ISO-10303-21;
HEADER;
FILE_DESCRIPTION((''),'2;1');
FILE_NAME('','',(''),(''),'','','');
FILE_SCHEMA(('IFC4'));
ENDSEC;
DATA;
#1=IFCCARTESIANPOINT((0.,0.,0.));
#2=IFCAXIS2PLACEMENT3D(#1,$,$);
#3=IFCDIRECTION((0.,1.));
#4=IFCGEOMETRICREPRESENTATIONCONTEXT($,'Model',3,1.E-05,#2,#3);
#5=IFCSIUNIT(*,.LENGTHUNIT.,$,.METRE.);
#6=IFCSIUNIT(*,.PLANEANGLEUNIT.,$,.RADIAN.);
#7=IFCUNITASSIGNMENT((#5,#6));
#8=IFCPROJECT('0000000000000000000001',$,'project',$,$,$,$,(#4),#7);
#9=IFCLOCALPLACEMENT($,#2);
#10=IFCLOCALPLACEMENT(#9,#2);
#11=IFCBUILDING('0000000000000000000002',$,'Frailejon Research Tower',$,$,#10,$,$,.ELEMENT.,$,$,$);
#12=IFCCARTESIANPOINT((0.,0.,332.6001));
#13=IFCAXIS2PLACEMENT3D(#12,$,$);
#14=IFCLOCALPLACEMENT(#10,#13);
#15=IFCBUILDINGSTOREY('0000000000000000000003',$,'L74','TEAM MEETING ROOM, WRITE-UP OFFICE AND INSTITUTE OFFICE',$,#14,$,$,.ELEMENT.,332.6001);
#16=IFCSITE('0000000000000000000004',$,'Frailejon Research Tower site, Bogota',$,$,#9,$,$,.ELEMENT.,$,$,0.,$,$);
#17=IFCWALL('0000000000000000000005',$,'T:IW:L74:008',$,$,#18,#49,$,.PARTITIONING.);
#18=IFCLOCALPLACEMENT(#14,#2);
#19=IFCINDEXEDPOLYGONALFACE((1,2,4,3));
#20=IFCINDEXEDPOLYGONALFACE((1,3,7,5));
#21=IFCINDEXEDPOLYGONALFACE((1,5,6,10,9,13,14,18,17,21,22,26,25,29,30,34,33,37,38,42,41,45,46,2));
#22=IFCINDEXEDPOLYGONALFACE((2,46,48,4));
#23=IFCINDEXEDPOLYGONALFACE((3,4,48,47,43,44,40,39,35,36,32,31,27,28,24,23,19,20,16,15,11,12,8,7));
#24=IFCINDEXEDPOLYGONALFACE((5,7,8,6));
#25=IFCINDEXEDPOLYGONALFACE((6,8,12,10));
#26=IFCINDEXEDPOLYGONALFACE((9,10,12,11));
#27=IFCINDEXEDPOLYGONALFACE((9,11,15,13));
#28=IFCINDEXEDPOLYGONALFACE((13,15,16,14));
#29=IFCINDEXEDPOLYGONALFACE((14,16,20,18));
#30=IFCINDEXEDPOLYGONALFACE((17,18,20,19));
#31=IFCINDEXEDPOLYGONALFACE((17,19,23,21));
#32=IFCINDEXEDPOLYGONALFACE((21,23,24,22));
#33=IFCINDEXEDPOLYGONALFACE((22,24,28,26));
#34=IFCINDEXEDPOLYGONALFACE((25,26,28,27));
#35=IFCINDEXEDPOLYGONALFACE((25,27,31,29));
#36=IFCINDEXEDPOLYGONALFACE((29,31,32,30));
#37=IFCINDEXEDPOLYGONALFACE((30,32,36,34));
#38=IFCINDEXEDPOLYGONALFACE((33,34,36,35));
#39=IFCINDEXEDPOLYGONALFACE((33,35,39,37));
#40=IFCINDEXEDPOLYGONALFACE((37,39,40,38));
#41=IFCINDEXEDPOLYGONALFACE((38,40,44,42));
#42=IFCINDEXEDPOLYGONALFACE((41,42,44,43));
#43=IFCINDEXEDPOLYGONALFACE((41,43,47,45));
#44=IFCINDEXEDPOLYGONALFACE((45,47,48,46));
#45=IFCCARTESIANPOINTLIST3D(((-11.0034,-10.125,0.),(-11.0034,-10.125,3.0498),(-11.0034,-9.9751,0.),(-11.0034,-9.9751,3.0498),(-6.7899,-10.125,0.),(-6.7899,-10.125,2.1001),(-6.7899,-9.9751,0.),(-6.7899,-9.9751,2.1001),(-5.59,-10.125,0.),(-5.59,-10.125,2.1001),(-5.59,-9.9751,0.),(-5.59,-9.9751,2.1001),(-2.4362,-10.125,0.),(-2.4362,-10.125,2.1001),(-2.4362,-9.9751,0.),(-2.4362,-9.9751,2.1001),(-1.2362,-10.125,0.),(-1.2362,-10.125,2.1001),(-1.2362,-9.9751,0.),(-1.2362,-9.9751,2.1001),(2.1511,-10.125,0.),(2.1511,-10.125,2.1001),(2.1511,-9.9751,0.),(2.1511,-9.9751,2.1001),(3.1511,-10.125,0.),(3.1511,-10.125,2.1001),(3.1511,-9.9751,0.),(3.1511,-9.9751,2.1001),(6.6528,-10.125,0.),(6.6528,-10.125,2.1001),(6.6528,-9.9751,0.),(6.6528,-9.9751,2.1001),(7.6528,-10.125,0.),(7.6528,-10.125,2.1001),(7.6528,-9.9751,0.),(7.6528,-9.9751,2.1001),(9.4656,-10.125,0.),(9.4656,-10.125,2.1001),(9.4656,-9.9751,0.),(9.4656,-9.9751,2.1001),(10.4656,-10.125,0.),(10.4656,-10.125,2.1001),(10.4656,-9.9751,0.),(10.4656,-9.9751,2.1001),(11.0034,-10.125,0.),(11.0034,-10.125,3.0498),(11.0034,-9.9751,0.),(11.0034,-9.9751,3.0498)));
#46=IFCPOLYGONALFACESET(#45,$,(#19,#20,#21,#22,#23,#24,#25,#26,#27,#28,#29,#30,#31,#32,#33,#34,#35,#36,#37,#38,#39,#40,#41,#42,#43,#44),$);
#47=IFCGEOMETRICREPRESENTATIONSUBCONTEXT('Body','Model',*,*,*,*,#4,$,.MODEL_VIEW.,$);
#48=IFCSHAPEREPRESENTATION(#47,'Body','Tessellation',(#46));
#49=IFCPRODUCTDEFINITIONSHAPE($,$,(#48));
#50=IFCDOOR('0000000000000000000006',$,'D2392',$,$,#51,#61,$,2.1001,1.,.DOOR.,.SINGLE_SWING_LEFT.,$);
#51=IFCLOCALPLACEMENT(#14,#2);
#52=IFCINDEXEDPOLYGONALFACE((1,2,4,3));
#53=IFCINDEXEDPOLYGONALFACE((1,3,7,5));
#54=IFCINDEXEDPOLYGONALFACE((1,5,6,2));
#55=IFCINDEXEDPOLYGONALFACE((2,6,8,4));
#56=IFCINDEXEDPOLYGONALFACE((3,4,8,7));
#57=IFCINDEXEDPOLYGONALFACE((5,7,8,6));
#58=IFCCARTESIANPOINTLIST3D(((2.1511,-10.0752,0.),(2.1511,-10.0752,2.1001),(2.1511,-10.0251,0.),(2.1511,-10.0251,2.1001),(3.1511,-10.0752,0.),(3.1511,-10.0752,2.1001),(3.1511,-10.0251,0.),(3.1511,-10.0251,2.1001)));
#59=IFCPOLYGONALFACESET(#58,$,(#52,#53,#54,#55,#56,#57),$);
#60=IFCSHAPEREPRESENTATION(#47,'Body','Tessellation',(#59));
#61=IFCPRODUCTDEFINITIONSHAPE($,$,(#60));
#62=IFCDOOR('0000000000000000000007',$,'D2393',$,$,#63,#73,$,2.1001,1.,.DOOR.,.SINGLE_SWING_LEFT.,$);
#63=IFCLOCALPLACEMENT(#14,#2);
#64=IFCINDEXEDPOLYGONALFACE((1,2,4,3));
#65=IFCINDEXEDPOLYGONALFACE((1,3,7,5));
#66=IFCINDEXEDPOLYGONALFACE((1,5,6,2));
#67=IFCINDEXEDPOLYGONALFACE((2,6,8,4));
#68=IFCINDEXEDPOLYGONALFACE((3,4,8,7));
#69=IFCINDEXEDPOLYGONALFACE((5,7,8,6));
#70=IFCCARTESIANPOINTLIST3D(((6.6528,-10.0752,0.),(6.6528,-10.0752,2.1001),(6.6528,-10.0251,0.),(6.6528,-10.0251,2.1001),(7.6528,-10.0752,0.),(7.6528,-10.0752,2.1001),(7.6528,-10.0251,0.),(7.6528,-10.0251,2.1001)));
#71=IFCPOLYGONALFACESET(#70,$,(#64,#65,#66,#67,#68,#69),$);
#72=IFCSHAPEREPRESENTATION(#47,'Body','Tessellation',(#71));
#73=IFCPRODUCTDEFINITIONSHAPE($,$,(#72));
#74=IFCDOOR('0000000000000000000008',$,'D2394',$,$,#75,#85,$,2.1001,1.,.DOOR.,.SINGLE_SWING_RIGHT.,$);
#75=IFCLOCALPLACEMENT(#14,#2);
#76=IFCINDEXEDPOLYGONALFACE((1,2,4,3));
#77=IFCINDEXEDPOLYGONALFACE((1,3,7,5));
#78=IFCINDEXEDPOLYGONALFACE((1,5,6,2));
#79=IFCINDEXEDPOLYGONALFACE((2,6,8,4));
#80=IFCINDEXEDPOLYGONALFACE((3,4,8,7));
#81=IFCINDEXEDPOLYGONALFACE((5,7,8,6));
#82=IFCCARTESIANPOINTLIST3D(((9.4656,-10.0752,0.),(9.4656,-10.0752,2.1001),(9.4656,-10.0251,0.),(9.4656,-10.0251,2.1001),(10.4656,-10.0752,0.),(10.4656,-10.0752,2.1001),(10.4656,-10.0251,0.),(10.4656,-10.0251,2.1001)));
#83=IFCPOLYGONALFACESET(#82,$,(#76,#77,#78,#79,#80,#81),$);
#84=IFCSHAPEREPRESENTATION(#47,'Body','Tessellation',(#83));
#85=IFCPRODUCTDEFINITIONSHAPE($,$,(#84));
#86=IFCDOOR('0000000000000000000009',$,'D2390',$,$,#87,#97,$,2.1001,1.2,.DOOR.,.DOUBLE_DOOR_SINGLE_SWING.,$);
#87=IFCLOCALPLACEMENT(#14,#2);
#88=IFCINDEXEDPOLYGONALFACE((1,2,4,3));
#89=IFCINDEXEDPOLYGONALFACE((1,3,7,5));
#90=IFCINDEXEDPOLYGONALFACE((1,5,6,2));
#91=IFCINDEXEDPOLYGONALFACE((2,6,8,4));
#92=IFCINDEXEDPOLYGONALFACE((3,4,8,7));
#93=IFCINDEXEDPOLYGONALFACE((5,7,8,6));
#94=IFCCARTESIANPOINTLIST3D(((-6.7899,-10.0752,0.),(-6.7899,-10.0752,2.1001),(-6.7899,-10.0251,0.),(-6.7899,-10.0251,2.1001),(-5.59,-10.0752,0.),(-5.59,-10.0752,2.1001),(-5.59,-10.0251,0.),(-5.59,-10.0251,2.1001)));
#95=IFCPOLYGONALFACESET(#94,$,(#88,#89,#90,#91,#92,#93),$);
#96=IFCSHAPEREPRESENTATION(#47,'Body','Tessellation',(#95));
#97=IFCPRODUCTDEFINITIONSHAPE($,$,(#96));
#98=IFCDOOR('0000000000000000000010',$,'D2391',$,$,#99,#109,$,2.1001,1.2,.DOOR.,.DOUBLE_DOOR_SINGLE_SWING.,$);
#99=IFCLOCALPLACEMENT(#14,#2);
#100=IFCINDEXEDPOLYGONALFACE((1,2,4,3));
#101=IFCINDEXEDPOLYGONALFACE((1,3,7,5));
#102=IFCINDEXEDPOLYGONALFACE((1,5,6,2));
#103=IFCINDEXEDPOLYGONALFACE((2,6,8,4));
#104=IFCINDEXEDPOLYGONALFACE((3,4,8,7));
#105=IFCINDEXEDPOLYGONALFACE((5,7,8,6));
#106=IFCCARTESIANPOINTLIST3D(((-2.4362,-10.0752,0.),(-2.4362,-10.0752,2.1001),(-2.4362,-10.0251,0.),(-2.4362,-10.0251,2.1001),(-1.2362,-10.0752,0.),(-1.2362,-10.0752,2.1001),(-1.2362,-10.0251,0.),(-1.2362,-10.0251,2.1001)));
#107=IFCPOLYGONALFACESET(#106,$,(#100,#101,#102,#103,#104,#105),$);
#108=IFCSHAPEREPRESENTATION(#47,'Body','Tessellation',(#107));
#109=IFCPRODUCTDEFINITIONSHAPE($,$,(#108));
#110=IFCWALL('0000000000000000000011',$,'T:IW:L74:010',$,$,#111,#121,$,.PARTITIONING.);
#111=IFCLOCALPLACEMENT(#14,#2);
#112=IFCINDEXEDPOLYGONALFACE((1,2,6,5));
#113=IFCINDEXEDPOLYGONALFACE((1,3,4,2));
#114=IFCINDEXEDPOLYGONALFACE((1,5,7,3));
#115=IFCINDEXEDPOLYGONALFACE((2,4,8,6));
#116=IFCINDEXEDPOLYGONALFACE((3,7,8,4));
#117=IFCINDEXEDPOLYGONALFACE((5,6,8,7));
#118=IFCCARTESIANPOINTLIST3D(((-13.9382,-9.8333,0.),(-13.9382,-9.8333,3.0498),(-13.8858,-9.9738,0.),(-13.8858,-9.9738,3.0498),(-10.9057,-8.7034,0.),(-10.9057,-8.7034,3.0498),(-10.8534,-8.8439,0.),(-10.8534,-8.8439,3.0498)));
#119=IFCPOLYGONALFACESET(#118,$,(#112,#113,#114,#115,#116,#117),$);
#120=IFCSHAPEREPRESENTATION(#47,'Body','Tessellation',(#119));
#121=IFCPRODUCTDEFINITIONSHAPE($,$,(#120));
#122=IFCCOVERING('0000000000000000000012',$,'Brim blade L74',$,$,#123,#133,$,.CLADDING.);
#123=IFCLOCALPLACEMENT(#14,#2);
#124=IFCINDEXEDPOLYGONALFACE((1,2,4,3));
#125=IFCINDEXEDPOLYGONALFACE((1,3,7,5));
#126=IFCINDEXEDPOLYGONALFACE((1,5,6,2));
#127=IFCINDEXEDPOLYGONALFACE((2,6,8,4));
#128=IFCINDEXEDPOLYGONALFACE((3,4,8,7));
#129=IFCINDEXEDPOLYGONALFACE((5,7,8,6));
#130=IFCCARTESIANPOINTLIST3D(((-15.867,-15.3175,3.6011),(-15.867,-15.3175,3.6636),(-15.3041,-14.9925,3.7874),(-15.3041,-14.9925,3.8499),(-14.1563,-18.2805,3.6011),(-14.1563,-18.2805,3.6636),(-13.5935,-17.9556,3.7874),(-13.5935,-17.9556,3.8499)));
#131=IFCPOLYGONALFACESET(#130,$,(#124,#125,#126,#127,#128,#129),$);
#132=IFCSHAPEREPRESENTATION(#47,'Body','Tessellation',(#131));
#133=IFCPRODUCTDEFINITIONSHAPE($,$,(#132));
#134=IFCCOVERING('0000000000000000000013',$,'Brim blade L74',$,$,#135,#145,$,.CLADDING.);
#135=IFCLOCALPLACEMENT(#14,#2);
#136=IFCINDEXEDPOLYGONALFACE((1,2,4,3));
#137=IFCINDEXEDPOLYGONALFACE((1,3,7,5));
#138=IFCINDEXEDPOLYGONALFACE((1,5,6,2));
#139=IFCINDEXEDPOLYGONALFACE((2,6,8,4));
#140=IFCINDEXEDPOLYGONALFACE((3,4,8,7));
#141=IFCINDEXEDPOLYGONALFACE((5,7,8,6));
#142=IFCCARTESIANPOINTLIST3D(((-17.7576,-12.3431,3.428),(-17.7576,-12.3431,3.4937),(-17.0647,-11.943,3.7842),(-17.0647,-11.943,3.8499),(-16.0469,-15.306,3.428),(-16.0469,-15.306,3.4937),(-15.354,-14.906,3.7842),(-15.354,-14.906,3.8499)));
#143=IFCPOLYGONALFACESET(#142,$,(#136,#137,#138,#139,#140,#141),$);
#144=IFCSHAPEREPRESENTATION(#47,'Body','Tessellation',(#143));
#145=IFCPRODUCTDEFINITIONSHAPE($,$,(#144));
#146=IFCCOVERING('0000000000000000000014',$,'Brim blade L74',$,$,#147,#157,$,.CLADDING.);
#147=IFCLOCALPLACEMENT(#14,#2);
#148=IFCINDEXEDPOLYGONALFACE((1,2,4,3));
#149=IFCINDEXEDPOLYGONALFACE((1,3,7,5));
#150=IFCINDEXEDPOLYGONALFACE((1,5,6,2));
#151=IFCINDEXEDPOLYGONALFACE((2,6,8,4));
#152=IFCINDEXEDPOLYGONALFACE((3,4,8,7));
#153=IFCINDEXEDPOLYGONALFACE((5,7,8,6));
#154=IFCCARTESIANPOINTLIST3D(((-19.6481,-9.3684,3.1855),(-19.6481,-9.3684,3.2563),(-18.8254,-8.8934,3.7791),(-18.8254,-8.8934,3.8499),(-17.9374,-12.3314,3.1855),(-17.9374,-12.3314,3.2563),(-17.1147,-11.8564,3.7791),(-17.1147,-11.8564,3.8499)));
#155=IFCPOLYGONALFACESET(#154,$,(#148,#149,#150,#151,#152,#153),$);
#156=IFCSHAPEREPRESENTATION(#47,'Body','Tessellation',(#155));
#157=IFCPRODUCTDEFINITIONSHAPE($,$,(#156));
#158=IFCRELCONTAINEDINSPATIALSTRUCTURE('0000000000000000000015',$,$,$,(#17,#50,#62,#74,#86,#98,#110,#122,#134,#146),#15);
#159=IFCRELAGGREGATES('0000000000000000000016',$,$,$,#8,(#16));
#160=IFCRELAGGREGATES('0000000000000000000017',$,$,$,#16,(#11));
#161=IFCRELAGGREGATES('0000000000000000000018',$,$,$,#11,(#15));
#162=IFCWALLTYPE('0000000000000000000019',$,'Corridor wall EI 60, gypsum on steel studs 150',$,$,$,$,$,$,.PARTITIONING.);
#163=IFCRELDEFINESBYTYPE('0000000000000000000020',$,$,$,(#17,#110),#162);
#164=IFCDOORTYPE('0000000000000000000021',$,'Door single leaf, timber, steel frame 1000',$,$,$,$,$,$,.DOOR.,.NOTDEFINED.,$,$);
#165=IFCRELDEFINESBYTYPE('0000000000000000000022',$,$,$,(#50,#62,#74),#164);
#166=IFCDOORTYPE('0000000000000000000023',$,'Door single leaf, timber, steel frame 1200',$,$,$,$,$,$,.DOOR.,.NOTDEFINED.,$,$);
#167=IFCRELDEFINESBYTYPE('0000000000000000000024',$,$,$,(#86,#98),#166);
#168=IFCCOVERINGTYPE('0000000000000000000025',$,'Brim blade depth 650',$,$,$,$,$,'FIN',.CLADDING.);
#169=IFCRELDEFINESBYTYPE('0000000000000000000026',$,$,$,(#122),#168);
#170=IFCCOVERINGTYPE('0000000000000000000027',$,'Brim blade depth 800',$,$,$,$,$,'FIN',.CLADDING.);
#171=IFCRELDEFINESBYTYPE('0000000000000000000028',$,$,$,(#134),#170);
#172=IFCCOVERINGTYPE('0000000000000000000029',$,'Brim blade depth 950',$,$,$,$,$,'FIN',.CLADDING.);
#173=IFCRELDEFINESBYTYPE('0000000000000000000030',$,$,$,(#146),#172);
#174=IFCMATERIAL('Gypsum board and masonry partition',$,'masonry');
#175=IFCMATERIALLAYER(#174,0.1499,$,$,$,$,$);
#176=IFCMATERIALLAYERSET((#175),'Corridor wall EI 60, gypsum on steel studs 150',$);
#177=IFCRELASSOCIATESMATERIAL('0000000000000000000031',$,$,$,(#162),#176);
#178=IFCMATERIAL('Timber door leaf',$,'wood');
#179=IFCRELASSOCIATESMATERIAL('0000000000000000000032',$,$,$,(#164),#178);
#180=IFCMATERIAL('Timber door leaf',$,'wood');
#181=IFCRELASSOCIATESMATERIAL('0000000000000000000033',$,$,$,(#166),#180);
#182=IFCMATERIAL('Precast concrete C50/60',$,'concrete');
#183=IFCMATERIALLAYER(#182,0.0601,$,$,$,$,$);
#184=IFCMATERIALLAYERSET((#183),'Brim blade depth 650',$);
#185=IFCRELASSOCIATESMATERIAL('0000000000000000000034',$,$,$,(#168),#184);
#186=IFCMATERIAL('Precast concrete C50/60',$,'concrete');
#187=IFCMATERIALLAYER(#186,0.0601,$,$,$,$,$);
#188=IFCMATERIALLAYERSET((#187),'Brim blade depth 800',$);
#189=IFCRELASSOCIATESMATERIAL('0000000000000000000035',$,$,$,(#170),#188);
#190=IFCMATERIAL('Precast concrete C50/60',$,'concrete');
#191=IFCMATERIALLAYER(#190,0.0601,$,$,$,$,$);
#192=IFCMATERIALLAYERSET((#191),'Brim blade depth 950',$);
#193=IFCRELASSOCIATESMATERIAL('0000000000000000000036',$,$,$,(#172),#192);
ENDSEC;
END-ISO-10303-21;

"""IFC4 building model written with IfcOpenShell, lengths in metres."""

from ifc_helpers import new_model, si_unit, direction, frame, frame_2d, origin, place, context, subcontext, project, spatial, polyline, rectangle, outline, extrude, material, layer, layer_set, type_object, element, fill, save


model = new_model("IFC4")

# Units and contexts
model_context = context("Model", 3, precision=1e-05, world=origin(), true_north=direction((0.0, 1.0)))
body_context = subcontext(model_context, "Body", "Model", "MODEL_VIEW")
ifc_project = project(units=[si_unit("LENGTHUNIT", "METRE"), si_unit("PLANEANGLEUNIT", "RADIAN")], contexts=[model_context])

# Site, building, storey
site_placement = place(None, origin())
site = spatial("IfcSite", under=ifc_project, at=site_placement, Name="Frailejon Research Tower site, Bogota", CompositionType="ELEMENT", RefElevation=0.0)
building_placement = place(site_placement, origin())
building = spatial("IfcBuilding", under=site, at=building_placement, Name="Frailejon Research Tower", CompositionType="ELEMENT")
storey_placement = place(building_placement, frame((0.0, 0.0, 332.6001)))
storey = spatial("IfcBuildingStorey", under=building, at=storey_placement, Name="L74", Description="TEAM MEETING ROOM, WRITE-UP OFFICE AND INSTITUTE OFFICE", CompositionType="ELEMENT", Elevation=332.6001)

# Shared definitions
ifc_material_1 = material(Name="Gypsum board and masonry partition", Category="masonry")
ifc_layer_1 = layer(ifc_material_1, 0.1499)
ifc_layer_set_1 = layer_set([ifc_layer_1], Name="Corridor wall EI 60, gypsum on steel studs 150")
wall_type = type_object("IfcWallType", Name="Corridor wall EI 60, gypsum on steel studs 150", PredefinedType="PARTITIONING", material=ifc_layer_set_1)

# Wall, openings, doors
wall_1_placement = place(storey_placement, frame((-11.0034, -10.05, 0.0), z_axis=(0.0, 0.0, 1.0), x_axis=(1.0, 0.0, 0.0)))
wall_1 = element("IfcWall", 1, at=wall_1_placement, inside=storey, type_object=wall_type, Name="T:IW:L74:008", PredefinedType="PARTITIONING", context=body_context, shape_type="SweptSolid", body=[
    extrude(rectangle(XDim=22.0068, YDim=0.1499, at=frame_2d((11.0034, 0.0))), origin(), (0.0, 0.0, 1.0), 3.0498),
])
opening_1_placement = place(wall_1_placement, frame((4.2134, 0.0, 0.0)))
opening_1 = element("IfcOpeningElement", 2, at=opening_1_placement, cuts=wall_1, PredefinedType="OPENING", context=body_context, shape_type="SweptSolid", body=[
    extrude(rectangle(XDim=1.2, YDim=2.1001, at=frame_2d((0.6001, 1.05))), frame((0.0, 0.085, 0.0), z_axis=(0.0, -1.0, 0.0), x_axis=(1.0, 0.0, 0.0)), (0.0, 0.0, 1.0), 0.1699),
])
opening_2_placement = place(wall_1_placement, frame((8.5671, 0.0, 0.0)))
opening_2 = element("IfcOpeningElement", 3, at=opening_2_placement, cuts=wall_1, PredefinedType="OPENING", context=body_context, shape_type="SweptSolid", body=[
    extrude(rectangle(XDim=1.2, YDim=2.1001, at=frame_2d((0.6001, 1.05))), frame((0.0, 0.085, 0.0), z_axis=(0.0, -1.0, 0.0), x_axis=(1.0, 0.0, 0.0)), (0.0, 0.0, 1.0), 0.1699),
])
opening_3_placement = place(wall_1_placement, frame((13.1545, 0.0, 0.0)))
opening_3 = element("IfcOpeningElement", 4, at=opening_3_placement, cuts=wall_1, PredefinedType="OPENING", context=body_context, shape_type="SweptSolid", body=[
    extrude(rectangle(XDim=1.0, YDim=2.1001, at=frame_2d((0.5, 1.05))), frame((0.0, 0.085, 0.0), z_axis=(0.0, -1.0, 0.0), x_axis=(1.0, 0.0, 0.0)), (0.0, 0.0, 1.0), 0.1699),
])
opening_4_placement = place(wall_1_placement, frame((17.6562, 0.0, 0.0)))
opening_4 = element("IfcOpeningElement", 5, at=opening_4_placement, cuts=wall_1, PredefinedType="OPENING", context=body_context, shape_type="SweptSolid", body=[
    extrude(rectangle(XDim=1.0, YDim=2.1001, at=frame_2d((0.5, 1.05))), frame((0.0, 0.085, 0.0), z_axis=(0.0, -1.0, 0.0), x_axis=(1.0, 0.0, 0.0)), (0.0, 0.0, 1.0), 0.1699),
])
opening_5_placement = place(wall_1_placement, frame((20.469, 0.0, 0.0)))
opening_5 = element("IfcOpeningElement", 6, at=opening_5_placement, cuts=wall_1, PredefinedType="OPENING", context=body_context, shape_type="SweptSolid", body=[
    extrude(rectangle(XDim=1.0, YDim=2.1001, at=frame_2d((0.5, 1.05))), frame((0.0, 0.085, 0.0), z_axis=(0.0, -1.0, 0.0), x_axis=(1.0, 0.0, 0.0)), (0.0, 0.0, 1.0), 0.1699),
])
ifc_material_2 = material(Name="Timber door leaf", Category="wood")
door_type_1 = type_object("IfcDoorType", Name="Door single leaf, timber, steel frame 1000", OperationType="NOTDEFINED", PredefinedType="DOOR", material=ifc_material_2)
door_1_placement = place(opening_3_placement, origin())
door_1 = element("IfcDoor", 7, at=door_1_placement, inside=storey, type_object=door_type_1, Name="D2392", OperationType="SINGLE_SWING_LEFT", OverallHeight=2.1001, OverallWidth=1.0, PredefinedType="DOOR", context=body_context, shape_type="SweptSolid", body=[
    extrude(rectangle(XDim=1.0, YDim=2.1001, at=frame_2d((0.5, 1.05))), frame((0.0, 0.0249, 0.0), z_axis=(0.0, -1.0, 0.0), x_axis=(1.0, 0.0, 0.0)), (0.0, 0.0, 1.0), 0.05),
])
fill(opening_3, door_1)
door_2_placement = place(opening_4_placement, origin())
door_2 = element("IfcDoor", 8, at=door_2_placement, inside=storey, type_object=door_type_1, Name="D2393", OperationType="SINGLE_SWING_LEFT", OverallHeight=2.1001, OverallWidth=1.0, PredefinedType="DOOR", context=body_context, shape_type="SweptSolid", body=[
    extrude(rectangle(XDim=1.0, YDim=2.1001, at=frame_2d((0.5, 1.05))), frame((0.0, 0.0249, 0.0), z_axis=(0.0, -1.0, 0.0), x_axis=(1.0, 0.0, 0.0)), (0.0, 0.0, 1.0), 0.05),
])
fill(opening_4, door_2)
door_3_placement = place(opening_5_placement, origin())
door_3 = element("IfcDoor", 9, at=door_3_placement, inside=storey, type_object=door_type_1, Name="D2394", OperationType="SINGLE_SWING_RIGHT", OverallHeight=2.1001, OverallWidth=1.0, PredefinedType="DOOR", context=body_context, shape_type="SweptSolid", body=[
    extrude(rectangle(XDim=1.0, YDim=2.1001, at=frame_2d((0.5, 1.05))), frame((0.0, 0.0249, 0.0), z_axis=(0.0, -1.0, 0.0), x_axis=(1.0, 0.0, 0.0)), (0.0, 0.0, 1.0), 0.05),
])
fill(opening_5, door_3)
ifc_material_3 = material(Name="Timber door leaf", Category="wood")
door_type_2 = type_object("IfcDoorType", Name="Door single leaf, timber, steel frame 1200", OperationType="NOTDEFINED", PredefinedType="DOOR", material=ifc_material_3)
door_4_placement = place(opening_1_placement, origin())
door_4 = element("IfcDoor", 10, at=door_4_placement, inside=storey, type_object=door_type_2, Name="D2390", OperationType="DOUBLE_DOOR_SINGLE_SWING", OverallHeight=2.1001, OverallWidth=1.2, PredefinedType="DOOR", context=body_context, shape_type="SweptSolid", body=[
    extrude(rectangle(XDim=1.2, YDim=2.1001, at=frame_2d((0.6001, 1.05))), frame((0.0, 0.0249, 0.0), z_axis=(0.0, -1.0, 0.0), x_axis=(1.0, 0.0, 0.0)), (0.0, 0.0, 1.0), 0.05),
])
fill(opening_1, door_4)
door_5_placement = place(opening_2_placement, origin())
door_5 = element("IfcDoor", 11, at=door_5_placement, inside=storey, type_object=door_type_2, Name="D2391", OperationType="DOUBLE_DOOR_SINGLE_SWING", OverallHeight=2.1001, OverallWidth=1.2, PredefinedType="DOOR", context=body_context, shape_type="SweptSolid", body=[
    extrude(rectangle(XDim=1.2, YDim=2.1001, at=frame_2d((0.6001, 1.05))), frame((0.0, 0.0249, 0.0), z_axis=(0.0, -1.0, 0.0), x_axis=(1.0, 0.0, 0.0)), (0.0, 0.0, 1.0), 0.05),
])
fill(opening_2, door_5)

# Wall
wall_2_placement = place(storey_placement, frame((-13.9121, -9.9036, 0.0), z_axis=(0.0, 0.0, 1.0), x_axis=(0.937068, 0.349147, 0.0)))
element("IfcWall", 12, at=wall_2_placement, inside=storey, type_object=wall_type, Name="T:IW:L74:010", PredefinedType="PARTITIONING", context=body_context, shape_type="SweptSolid", body=[
    extrude(rectangle(XDim=3.2361, YDim=0.1499, at=frame_2d((1.6182, 0.0))), origin(), (0.0, 0.0, 1.0), 3.0498),
])

# Coverings
ifc_material_4 = material(Name="Precast concrete C50/60", Category="concrete")
ifc_layer_2 = layer(ifc_material_4, 0.0601)
ifc_layer_set_2 = layer_set([ifc_layer_2], Name="Brim blade depth 650")
covering_type_1 = type_object("IfcCoveringType", Name="Brim blade depth 650", ElementType="FIN", PredefinedType="CLADDING", material=ifc_layer_set_2)
covering_1_placement = place(storey_placement, frame((-13.5935, -17.9556, 3.8499), z_axis=(-0.499981, 0.866036, 0.0), x_axis=(-0.866036, -0.499981, 0.0)))
element("IfcCovering", 13, at=covering_1_placement, inside=storey, type_object=covering_type_1, Name="Brim blade L74", PredefinedType="CLADDING", context=body_context, shape_type="SweptSolid", body=[
    extrude(outline(polyline([(0.0, -0.0625), (0.6499, -0.2488), (0.6499, -0.1863), (0.0, 0.0), (0.0, -0.0625)])), origin(), (0.0, 0.0, 1.0), 3.4214),
])
ifc_material_5 = material(Name="Precast concrete C50/60", Category="concrete")
ifc_layer_3 = layer(ifc_material_5, 0.0601)
ifc_layer_set_3 = layer_set([ifc_layer_3], Name="Brim blade depth 800")
covering_type_2 = type_object("IfcCoveringType", Name="Brim blade depth 800", ElementType="FIN", PredefinedType="CLADDING", material=ifc_layer_set_3)
covering_2_placement = place(storey_placement, frame((-15.354, -14.906, 3.8499), z_axis=(-0.500015, 0.866017, 0.0), x_axis=(-0.866017, -0.500015, 0.0)))
element("IfcCovering", 14, at=covering_2_placement, inside=storey, type_object=covering_type_2, Name="Brim blade L74", PredefinedType="CLADDING", context=body_context, shape_type="SweptSolid", body=[
    extrude(outline(polyline([(0.0, -0.0657), (0.8, -0.4219), (0.8, -0.3562), (0.0, 0.0), (0.0, -0.0657)])), origin(), (0.0, 0.0, 1.0), 3.4214),
])
ifc_material_6 = material(Name="Precast concrete C50/60", Category="concrete")
ifc_layer_4 = layer(ifc_material_6, 0.0601)
ifc_layer_set_4 = layer_set([ifc_layer_4], Name="Brim blade depth 950")
covering_type_3 = type_object("IfcCoveringType", Name="Brim blade depth 950", ElementType="FIN", PredefinedType="CLADDING", material=ifc_layer_set_4)
covering_3_placement = place(storey_placement, frame((-17.1147, -11.8564, 3.8499), z_axis=(-0.499981, 0.866036, 0.0), x_axis=(-0.866036, -0.499981, 0.0)))
element("IfcCovering", 15, at=covering_3_placement, inside=storey, type_object=covering_type_3, Name="Brim blade L74", PredefinedType="CLADDING", context=body_context, shape_type="SweptSolid", body=[
    extrude(outline(polyline([(0.0, -0.0708), (0.95, -0.6643), (0.95, -0.5935), (0.0, 0.0), (0.0, -0.0708)])), origin(), (0.0, 0.0, 1.0), 3.4214),
])

save(model, "model.ifc")
